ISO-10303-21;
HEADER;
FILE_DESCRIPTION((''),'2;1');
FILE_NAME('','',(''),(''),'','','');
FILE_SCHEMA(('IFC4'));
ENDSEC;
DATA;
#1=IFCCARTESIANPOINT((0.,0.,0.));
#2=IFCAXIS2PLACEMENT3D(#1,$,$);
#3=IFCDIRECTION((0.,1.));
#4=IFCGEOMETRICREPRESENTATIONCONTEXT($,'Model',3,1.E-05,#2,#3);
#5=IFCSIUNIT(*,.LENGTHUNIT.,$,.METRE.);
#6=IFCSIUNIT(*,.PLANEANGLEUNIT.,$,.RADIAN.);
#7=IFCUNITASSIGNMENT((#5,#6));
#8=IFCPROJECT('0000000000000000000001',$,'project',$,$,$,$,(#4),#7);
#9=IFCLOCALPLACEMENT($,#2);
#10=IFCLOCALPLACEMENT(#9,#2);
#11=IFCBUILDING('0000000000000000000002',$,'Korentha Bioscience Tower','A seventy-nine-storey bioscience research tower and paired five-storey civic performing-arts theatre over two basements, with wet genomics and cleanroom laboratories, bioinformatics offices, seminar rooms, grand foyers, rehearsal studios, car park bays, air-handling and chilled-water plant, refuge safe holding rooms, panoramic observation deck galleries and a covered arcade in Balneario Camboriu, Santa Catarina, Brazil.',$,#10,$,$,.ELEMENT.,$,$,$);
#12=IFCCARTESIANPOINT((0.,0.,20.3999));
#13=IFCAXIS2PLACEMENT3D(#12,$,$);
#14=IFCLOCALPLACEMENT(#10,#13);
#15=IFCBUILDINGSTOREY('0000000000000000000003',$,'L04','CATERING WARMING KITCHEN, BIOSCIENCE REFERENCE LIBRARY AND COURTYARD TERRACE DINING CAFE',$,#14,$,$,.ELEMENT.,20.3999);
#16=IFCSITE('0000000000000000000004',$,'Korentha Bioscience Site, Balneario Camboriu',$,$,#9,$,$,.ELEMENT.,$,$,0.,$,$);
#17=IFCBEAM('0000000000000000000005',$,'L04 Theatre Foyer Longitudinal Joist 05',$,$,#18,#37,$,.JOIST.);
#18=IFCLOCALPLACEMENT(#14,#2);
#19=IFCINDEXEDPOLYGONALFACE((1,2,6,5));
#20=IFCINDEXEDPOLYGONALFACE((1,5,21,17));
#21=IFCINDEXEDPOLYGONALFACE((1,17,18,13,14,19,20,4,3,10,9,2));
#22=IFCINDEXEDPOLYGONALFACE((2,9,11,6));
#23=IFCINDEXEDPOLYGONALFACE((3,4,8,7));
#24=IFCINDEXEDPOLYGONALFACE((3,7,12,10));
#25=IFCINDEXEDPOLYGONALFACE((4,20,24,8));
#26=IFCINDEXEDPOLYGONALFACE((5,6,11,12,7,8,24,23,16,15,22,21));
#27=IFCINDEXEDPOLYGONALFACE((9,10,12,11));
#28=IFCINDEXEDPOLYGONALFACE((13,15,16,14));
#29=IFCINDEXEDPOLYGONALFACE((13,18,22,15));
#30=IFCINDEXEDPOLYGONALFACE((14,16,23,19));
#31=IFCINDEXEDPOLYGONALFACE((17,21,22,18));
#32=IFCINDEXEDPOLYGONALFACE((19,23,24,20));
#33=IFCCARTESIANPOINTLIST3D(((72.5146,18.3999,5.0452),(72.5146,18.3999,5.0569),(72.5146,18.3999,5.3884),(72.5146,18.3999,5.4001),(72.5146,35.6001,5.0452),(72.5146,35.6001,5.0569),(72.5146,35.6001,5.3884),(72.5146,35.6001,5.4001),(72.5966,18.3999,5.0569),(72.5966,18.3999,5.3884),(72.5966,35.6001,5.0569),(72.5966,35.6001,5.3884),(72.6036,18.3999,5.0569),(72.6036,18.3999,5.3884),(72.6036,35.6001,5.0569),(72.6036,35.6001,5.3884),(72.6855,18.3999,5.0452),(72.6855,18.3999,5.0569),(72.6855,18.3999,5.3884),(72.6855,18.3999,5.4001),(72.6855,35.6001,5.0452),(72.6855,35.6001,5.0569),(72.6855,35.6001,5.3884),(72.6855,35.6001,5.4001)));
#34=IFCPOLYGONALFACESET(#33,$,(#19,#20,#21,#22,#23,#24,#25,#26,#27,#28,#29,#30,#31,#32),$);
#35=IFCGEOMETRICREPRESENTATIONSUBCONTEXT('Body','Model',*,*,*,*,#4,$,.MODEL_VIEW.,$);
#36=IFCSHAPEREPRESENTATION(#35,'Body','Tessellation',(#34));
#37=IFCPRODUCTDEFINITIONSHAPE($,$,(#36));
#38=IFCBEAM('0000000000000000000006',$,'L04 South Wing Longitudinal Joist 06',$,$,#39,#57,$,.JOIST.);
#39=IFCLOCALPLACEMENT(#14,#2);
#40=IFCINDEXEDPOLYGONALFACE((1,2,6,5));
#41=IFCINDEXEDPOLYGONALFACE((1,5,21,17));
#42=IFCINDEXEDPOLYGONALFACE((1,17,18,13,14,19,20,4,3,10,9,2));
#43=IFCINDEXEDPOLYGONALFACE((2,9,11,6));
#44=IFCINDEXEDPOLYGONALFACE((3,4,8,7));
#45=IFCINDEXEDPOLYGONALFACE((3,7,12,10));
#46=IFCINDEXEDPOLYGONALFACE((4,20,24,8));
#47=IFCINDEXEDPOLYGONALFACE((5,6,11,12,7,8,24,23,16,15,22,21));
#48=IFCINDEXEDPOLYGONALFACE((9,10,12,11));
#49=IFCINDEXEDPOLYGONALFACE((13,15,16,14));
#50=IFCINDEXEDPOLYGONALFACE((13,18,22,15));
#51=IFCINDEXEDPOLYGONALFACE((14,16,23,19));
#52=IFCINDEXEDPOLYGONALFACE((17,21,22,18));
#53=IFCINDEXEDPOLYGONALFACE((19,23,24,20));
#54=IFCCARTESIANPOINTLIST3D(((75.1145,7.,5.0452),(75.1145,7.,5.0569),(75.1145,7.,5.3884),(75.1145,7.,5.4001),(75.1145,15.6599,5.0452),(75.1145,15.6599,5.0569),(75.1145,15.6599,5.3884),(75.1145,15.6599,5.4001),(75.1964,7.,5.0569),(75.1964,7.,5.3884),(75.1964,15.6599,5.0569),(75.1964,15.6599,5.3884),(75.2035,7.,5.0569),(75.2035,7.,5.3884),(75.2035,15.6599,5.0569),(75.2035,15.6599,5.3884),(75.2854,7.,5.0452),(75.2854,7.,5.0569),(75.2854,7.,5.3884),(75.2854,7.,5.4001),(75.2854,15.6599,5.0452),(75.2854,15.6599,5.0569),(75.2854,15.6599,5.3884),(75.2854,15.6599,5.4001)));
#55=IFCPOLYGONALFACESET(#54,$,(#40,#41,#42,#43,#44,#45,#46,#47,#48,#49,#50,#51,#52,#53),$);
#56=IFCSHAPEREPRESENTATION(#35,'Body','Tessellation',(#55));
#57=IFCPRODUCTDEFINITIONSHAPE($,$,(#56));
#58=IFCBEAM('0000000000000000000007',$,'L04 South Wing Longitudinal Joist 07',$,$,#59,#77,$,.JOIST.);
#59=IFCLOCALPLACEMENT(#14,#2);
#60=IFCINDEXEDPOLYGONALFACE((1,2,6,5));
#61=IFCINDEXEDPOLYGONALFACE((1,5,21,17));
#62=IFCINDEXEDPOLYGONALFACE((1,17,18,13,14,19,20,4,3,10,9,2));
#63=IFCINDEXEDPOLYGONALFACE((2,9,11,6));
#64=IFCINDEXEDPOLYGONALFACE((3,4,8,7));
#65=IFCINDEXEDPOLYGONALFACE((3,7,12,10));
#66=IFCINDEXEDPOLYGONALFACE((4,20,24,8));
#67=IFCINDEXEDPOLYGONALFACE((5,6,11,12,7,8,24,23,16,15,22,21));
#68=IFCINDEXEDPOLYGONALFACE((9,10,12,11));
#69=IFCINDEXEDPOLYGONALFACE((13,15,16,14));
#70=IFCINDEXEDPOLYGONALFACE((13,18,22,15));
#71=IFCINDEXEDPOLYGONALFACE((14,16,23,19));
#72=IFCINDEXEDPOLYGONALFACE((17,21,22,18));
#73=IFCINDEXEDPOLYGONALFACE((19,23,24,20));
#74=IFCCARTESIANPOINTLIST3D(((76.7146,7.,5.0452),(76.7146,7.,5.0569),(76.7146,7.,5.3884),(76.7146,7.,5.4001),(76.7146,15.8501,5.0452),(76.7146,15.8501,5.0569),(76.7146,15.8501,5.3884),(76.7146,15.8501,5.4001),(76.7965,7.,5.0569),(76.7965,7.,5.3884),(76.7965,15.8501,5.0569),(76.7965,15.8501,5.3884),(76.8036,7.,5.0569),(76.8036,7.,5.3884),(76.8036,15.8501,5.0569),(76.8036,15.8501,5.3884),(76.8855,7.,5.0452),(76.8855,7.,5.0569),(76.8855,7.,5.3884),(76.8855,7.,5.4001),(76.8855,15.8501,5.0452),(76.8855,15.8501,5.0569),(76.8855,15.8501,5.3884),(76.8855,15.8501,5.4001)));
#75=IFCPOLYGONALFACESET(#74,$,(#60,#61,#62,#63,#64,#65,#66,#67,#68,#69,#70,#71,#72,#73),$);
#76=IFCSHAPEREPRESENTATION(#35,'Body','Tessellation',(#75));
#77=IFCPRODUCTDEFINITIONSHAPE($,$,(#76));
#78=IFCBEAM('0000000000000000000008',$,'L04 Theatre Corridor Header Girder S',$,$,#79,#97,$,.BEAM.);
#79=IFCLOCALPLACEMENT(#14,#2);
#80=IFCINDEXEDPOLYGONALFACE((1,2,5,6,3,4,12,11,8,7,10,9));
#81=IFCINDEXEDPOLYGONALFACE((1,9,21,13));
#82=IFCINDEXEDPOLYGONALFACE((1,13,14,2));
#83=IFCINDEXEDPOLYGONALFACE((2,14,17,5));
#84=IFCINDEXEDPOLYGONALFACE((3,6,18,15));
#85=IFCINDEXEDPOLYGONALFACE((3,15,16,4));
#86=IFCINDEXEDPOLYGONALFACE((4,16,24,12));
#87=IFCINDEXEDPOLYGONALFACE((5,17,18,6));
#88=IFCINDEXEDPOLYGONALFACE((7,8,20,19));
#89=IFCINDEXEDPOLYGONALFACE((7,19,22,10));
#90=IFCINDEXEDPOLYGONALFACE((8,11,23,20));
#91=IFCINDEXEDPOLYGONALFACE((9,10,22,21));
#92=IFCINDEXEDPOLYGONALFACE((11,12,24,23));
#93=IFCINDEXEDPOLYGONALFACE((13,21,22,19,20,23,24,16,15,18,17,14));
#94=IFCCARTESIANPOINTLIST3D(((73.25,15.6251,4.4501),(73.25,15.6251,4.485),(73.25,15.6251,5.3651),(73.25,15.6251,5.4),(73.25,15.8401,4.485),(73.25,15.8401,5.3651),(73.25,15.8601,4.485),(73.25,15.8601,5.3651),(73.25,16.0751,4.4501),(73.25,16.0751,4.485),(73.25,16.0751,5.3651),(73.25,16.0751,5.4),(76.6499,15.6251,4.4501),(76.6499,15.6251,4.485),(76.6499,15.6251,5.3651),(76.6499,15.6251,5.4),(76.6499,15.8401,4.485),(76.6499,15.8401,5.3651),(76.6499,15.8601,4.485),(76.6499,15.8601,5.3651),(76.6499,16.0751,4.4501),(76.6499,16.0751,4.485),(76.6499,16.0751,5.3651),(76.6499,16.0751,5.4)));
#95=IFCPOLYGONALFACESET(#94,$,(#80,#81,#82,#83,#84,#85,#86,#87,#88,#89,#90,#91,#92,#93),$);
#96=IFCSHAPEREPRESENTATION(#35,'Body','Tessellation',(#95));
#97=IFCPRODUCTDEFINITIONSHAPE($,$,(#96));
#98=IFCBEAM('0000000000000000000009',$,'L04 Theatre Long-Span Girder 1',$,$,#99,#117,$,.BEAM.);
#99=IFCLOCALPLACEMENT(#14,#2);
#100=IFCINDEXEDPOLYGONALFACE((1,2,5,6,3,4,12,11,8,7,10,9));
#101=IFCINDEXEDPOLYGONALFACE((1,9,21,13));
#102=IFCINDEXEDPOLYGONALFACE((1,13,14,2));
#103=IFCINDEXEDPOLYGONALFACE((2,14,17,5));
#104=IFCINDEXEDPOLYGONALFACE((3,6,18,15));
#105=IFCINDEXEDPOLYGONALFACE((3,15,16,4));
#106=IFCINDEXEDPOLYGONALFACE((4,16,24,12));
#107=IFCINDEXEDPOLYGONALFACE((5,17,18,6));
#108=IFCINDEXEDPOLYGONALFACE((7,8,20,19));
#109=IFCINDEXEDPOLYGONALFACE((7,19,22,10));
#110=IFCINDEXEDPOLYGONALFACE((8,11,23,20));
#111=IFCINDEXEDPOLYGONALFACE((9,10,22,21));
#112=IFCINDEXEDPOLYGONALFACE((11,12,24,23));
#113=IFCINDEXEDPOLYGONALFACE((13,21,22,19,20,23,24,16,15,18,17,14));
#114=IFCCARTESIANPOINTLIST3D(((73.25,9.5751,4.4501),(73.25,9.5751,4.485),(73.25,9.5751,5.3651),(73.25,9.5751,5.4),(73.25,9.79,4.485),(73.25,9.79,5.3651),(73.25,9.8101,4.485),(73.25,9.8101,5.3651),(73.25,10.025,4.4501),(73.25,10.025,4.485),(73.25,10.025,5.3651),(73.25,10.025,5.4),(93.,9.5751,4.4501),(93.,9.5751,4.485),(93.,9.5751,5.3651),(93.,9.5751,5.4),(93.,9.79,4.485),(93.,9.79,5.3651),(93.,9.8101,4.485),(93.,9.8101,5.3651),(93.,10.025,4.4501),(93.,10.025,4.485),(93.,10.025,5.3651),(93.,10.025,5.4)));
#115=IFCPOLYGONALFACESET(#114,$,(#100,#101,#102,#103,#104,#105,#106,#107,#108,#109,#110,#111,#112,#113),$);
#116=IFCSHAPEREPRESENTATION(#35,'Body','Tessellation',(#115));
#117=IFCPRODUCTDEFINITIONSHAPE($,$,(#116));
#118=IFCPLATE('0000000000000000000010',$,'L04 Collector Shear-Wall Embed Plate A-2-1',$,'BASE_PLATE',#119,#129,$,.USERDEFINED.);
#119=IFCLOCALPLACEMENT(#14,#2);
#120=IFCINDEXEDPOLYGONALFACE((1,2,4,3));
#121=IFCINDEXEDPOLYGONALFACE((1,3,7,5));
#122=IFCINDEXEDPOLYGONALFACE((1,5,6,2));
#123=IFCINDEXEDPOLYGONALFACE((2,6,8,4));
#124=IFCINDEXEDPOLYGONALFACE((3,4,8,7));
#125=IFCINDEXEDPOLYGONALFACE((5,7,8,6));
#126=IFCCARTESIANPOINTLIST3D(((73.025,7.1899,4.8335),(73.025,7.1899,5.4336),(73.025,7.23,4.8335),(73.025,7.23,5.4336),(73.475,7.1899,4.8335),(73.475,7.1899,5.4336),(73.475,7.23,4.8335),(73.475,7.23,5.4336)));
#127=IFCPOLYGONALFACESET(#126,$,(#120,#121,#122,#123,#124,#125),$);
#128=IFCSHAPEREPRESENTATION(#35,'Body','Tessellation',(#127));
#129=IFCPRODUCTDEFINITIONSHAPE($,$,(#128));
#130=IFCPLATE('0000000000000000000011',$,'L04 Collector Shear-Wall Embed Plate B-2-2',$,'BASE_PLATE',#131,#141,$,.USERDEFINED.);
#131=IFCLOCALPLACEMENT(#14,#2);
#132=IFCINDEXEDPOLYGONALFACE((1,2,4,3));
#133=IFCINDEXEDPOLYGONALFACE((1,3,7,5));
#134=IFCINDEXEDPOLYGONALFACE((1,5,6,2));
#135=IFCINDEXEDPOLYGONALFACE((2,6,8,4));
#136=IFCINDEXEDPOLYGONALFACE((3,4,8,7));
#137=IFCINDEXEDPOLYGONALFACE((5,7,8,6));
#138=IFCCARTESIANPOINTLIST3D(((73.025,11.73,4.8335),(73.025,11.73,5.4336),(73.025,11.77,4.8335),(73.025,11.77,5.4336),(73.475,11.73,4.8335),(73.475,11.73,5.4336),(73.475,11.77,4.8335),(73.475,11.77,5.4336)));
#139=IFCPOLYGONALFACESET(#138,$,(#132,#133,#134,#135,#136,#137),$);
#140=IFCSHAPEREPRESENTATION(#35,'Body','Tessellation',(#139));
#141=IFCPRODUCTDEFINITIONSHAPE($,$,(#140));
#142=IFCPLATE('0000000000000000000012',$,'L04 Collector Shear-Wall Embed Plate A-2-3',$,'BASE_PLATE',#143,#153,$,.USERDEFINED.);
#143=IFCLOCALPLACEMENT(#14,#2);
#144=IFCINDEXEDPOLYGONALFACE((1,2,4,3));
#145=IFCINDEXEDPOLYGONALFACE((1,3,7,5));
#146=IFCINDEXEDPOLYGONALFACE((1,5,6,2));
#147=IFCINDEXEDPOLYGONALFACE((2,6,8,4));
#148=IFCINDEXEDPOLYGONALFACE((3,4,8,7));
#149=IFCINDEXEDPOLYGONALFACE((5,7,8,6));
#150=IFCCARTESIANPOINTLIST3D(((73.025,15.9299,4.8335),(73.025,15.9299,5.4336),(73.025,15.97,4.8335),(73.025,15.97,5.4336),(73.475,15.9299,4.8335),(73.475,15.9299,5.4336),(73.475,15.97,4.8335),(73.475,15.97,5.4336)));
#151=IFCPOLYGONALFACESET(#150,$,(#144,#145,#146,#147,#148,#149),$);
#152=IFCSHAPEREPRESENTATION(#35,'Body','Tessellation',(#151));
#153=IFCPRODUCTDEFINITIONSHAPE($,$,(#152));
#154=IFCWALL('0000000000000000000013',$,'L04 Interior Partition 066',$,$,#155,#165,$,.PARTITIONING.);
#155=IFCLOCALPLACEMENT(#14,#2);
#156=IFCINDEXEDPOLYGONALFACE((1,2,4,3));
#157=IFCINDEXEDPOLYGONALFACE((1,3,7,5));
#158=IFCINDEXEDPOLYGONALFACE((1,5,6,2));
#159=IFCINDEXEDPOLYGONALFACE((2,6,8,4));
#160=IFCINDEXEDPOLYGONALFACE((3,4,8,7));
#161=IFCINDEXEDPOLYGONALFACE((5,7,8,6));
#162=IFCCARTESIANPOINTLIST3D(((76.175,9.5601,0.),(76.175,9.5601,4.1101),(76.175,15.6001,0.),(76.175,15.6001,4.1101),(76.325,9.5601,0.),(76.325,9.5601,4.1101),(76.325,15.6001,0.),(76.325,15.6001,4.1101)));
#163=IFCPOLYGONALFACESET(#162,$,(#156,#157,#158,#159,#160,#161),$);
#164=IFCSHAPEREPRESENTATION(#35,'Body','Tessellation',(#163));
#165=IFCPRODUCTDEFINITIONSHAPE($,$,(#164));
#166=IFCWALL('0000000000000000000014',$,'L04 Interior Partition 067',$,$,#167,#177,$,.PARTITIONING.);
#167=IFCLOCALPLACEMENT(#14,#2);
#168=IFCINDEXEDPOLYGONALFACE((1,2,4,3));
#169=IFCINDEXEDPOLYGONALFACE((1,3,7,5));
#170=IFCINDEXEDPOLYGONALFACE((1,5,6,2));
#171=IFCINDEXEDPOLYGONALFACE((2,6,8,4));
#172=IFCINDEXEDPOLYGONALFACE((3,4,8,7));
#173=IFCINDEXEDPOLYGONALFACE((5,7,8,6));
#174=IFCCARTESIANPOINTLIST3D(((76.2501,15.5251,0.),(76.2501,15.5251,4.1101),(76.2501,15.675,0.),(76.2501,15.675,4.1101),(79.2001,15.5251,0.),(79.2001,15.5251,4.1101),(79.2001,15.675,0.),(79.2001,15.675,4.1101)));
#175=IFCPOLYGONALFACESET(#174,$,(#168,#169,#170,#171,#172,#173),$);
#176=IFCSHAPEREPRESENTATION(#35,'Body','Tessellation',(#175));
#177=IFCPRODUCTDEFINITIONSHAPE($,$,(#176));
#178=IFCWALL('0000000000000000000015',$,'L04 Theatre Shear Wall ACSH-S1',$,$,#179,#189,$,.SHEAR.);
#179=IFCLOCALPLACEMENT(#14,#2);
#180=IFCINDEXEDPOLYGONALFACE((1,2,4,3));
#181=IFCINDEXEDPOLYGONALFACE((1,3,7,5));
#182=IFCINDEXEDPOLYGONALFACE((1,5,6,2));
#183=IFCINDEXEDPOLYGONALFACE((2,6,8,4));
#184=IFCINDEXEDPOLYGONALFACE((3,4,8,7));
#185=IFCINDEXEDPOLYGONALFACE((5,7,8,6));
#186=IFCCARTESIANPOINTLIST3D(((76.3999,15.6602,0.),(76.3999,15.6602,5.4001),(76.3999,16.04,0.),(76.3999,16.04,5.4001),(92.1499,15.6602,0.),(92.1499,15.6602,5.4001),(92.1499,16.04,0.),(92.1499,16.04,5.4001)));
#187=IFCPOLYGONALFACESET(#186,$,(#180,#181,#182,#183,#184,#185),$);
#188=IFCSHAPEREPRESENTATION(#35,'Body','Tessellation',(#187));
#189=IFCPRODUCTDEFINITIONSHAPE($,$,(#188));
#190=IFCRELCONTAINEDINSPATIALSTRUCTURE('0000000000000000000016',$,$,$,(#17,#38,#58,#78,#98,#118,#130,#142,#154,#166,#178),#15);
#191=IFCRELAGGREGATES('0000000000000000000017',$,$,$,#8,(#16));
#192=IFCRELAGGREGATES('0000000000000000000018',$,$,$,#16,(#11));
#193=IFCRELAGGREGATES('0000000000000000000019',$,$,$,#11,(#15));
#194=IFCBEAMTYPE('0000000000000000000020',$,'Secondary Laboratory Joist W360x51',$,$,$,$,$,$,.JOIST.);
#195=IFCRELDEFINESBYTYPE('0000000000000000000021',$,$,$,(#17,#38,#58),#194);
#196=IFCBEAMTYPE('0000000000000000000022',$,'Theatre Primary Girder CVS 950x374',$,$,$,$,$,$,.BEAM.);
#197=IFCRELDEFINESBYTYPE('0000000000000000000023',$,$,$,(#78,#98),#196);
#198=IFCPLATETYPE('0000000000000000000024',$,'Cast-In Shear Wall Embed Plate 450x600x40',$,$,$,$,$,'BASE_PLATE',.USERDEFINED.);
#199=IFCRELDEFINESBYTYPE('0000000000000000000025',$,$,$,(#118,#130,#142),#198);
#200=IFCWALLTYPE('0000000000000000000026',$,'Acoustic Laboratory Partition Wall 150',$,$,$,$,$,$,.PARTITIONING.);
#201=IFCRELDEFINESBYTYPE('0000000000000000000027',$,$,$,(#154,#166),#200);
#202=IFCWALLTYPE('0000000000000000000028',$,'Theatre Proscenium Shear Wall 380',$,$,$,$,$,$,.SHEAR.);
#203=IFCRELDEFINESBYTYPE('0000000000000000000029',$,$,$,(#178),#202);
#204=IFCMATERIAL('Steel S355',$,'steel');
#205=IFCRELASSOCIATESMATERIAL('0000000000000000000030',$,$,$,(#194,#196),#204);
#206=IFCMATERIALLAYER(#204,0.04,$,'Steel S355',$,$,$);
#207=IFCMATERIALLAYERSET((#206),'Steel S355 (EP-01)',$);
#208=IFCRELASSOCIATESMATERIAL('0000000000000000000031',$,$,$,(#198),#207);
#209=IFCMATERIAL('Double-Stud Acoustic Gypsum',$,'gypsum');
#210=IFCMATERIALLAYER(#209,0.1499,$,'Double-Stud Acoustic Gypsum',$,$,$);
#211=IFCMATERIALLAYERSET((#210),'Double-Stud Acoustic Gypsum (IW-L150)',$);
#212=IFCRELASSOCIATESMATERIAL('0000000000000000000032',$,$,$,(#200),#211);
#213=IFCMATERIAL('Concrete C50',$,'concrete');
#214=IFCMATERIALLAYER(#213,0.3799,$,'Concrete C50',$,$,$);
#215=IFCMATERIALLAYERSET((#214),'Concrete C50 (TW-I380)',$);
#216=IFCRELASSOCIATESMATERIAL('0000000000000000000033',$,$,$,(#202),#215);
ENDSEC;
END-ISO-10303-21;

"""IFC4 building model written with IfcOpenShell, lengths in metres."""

from ifc_helpers import new_model, si_unit, direction, frame, frame_2d, origin, origin_2d, place, context, subcontext, project, spatial, rectangle, i_section, extrude, material, layer, layer_set, material_profile, profile_set, type_object, element, save


model = new_model("IFC4")

# Units and contexts
model_context = context("Model", 3, precision=1e-05, world=origin(), true_north=direction((0.0, 1.0)))
body_context = subcontext(model_context, "Body", "Model", "MODEL_VIEW")
ifc_project = project(units=[si_unit("LENGTHUNIT", "METRE"), si_unit("PLANEANGLEUNIT", "RADIAN")], contexts=[model_context])

# Site, building, storey
site_placement = place(None, origin())
site = spatial("IfcSite", under=ifc_project, at=site_placement, Name="Korentha Bioscience Site, Balneario Camboriu", CompositionType="ELEMENT", RefElevation=0.0)
building_placement = place(site_placement, origin())
building = spatial("IfcBuilding", under=site, at=building_placement, Name="Korentha Bioscience Tower", Description="A seventy-nine-storey bioscience research tower and paired five-storey civic performing-arts theatre over two basements, with wet genomics and cleanroom laboratories, bioinformatics offices, seminar rooms, grand foyers, rehearsal studios, car park bays, air-handling and chilled-water plant, refuge safe holding rooms, panoramic observation deck galleries and a covered arcade in Balneario Camboriu, Santa Catarina, Brazil.", CompositionType="ELEMENT")
storey_placement = place(building_placement, frame((0.0, 0.0, 20.3999)))
storey = spatial("IfcBuildingStorey", under=building, at=storey_placement, Name="L04", Description="CATERING WARMING KITCHEN, BIOSCIENCE REFERENCE LIBRARY AND COURTYARD TERRACE DINING CAFE", CompositionType="ELEMENT", Elevation=20.3999)

# Shared definitions
ifc_material_1 = material(Name="Concrete C50", Category="concrete")

# Beams
ifc_material_2 = material(Name="Steel S355", Category="steel")
ifc_material_profile_1 = material_profile(ifc_material_2, i_section(OverallWidth=0.1709, OverallDepth=0.355, WebThickness=0.0071, FlangeThickness=0.0117, at=origin_2d()), Name="Steel S355")
ifc_profile_set_1 = profile_set([ifc_material_profile_1], Name="Steel S355 (JB-360)")
beam_type_1 = type_object("IfcBeamType", Name="Secondary Laboratory Joist W360x51", PredefinedType="JOIST", material=ifc_profile_set_1)
for number, where, z_axis, x_axis, name in (
    (1, (72.6001, 18.3999, 5.2227), (0.0, 1.0, 0.0), (-1.0, 0.0, 0.0), "L04 Theatre Foyer Longitudinal Joist 05"),
):
    element("IfcBeam", number, at=place(storey_placement, frame(where, z_axis=z_axis, x_axis=x_axis)), inside=storey, type_object=beam_type_1, Name=name, PredefinedType="JOIST", context=body_context, shape_type="SweptSolid", body=[
        extrude(i_section(OverallWidth=0.1709, OverallDepth=0.355, WebThickness=0.0071, FlangeThickness=0.0117, at=origin_2d()), origin(), (0.0, 0.0, 1.0), 17.2002),
    ])
beam_1_placement = place(storey_placement, frame((75.2, 7.0, 5.2227), z_axis=(0.0, 1.0, 0.0), x_axis=(-1.0, 0.0, 0.0)))
element("IfcBeam", 2, at=beam_1_placement, inside=storey, type_object=beam_type_1, Name="L04 South Wing Longitudinal Joist 06", PredefinedType="JOIST", context=body_context, shape_type="SweptSolid", body=[
    extrude(i_section(OverallWidth=0.1709, OverallDepth=0.355, WebThickness=0.0071, FlangeThickness=0.0117, at=origin_2d()), origin(), (0.0, 0.0, 1.0), 8.6599),
])
beam_2_placement = place(storey_placement, frame((76.8, 7.0, 5.2227), z_axis=(0.0, 1.0, 0.0), x_axis=(-1.0, 0.0, 0.0)))
element("IfcBeam", 3, at=beam_2_placement, inside=storey, type_object=beam_type_1, Name="L04 South Wing Longitudinal Joist 07", PredefinedType="JOIST", context=body_context, shape_type="SweptSolid", body=[
    extrude(i_section(OverallWidth=0.1709, OverallDepth=0.355, WebThickness=0.0071, FlangeThickness=0.0117, at=origin_2d()), origin(), (0.0, 0.0, 1.0), 8.8501),
])
ifc_material_profile_2 = material_profile(ifc_material_2, i_section(OverallWidth=0.45, OverallDepth=0.95, WebThickness=0.02, FlangeThickness=0.0349, at=origin_2d()), Name="Steel S355")
ifc_profile_set_2 = profile_set([ifc_material_profile_2], Name="Steel S355 (TB-950)")
beam_type_2 = type_object("IfcBeamType", Name="Theatre Primary Girder CVS 950x374", PredefinedType="BEAM", material=ifc_profile_set_2)
beam_3_placement = place(storey_placement, frame((73.25, 15.8501, 4.925), z_axis=(1.0, 0.0, 0.0), x_axis=(0.0, 1.0, 0.0)))
element("IfcBeam", 4, at=beam_3_placement, inside=storey, type_object=beam_type_2, Name="L04 Theatre Corridor Header Girder S", PredefinedType="BEAM", context=body_context, shape_type="SweptSolid", body=[
    extrude(i_section(OverallWidth=0.45, OverallDepth=0.95, WebThickness=0.02, FlangeThickness=0.0349, at=origin_2d()), origin(), (0.0, 0.0, 1.0), 3.3999),
])
beam_4_placement = place(storey_placement, frame((73.25, 9.8, 4.925), z_axis=(1.0, 0.0, 0.0), x_axis=(0.0, 1.0, 0.0)))
element("IfcBeam", 5, at=beam_4_placement, inside=storey, type_object=beam_type_2, Name="L04 Theatre Long-Span Girder 1", PredefinedType="BEAM", context=body_context, shape_type="SweptSolid", body=[
    extrude(i_section(OverallWidth=0.45, OverallDepth=0.95, WebThickness=0.02, FlangeThickness=0.0349, at=origin_2d()), origin(), (0.0, 0.0, 1.0), 19.75),
])

# Plates
ifc_layer_1 = layer(ifc_material_2, 0.04, Name="Steel S355")
ifc_layer_set_1 = layer_set([ifc_layer_1], Name="Steel S355 (EP-01)")
plate_type = type_object("IfcPlateType", Name="Cast-In Shear Wall Embed Plate 450x600x40", ElementType="BASE_PLATE", PredefinedType="USERDEFINED", material=ifc_layer_set_1)
for number, where, z_axis, x_axis, name in (
    (6, (73.25, 7.21, 4.8335), (0.0, 0.0, 1.0), (1.0, 0.0, 0.0), "L04 Collector Shear-Wall Embed Plate A-2-1"),
    (7, (73.25, 11.75, 4.8335), (0.0, 0.0, 1.0), (1.0, 0.0, 0.0), "L04 Collector Shear-Wall Embed Plate B-2-2"),
    (8, (73.25, 15.95, 4.8335), (0.0, 0.0, 1.0), (1.0, 0.0, 0.0), "L04 Collector Shear-Wall Embed Plate A-2-3"),
):
    element("IfcPlate", number, at=place(storey_placement, frame(where, z_axis=z_axis, x_axis=x_axis)), inside=storey, type_object=plate_type, Name=name, ObjectType="BASE_PLATE", PredefinedType="USERDEFINED", context=body_context, shape_type="SweptSolid", body=[
        extrude(rectangle(XDim=0.45, YDim=0.04, at=origin_2d()), origin(), (0.0, 0.0, 1.0), 0.6001),
    ])

# Walls
ifc_material_3 = material(Name="Double-Stud Acoustic Gypsum", Category="gypsum")
ifc_layer_2 = layer(ifc_material_3, 0.1499, Name="Double-Stud Acoustic Gypsum")
ifc_layer_set_2 = layer_set([ifc_layer_2], Name="Double-Stud Acoustic Gypsum (IW-L150)")
wall_type_1 = type_object("IfcWallType", Name="Acoustic Laboratory Partition Wall 150", PredefinedType="PARTITIONING", material=ifc_layer_set_2)
wall_1_placement = place(storey_placement, frame((76.25, 9.5601, 0.0), z_axis=(0.0, 0.0, 1.0), x_axis=(0.0, 1.0, 0.0)))
element("IfcWall", 9, at=wall_1_placement, inside=storey, type_object=wall_type_1, Name="L04 Interior Partition 066", PredefinedType="PARTITIONING", context=body_context, shape_type="SweptSolid", body=[
    extrude(rectangle(XDim=6.04, YDim=0.1499, at=frame_2d((3.02, 0.0))), origin(), (0.0, 0.0, 1.0), 4.1101),
])
wall_2_placement = place(storey_placement, frame((76.25, 15.6001, 0.0), z_axis=(0.0, 0.0, 1.0), x_axis=(1.0, 0.0, 0.0)))
element("IfcWall", 10, at=wall_2_placement, inside=storey, type_object=wall_type_1, Name="L04 Interior Partition 067", PredefinedType="PARTITIONING", context=body_context, shape_type="SweptSolid", body=[
    extrude(rectangle(XDim=2.95, YDim=0.1499, at=frame_2d((1.4751, 0.0))), origin(), (0.0, 0.0, 1.0), 4.1101),
])
ifc_layer_3 = layer(ifc_material_1, 0.3799, Name="Concrete C50")
ifc_layer_set_3 = layer_set([ifc_layer_3], Name="Concrete C50 (TW-I380)")
wall_type_2 = type_object("IfcWallType", Name="Theatre Proscenium Shear Wall 380", PredefinedType="SHEAR", material=ifc_layer_set_3)
wall_3_placement = place(storey_placement, frame((76.3999, 15.8501, 0.0), z_axis=(0.0, 0.0, 1.0), x_axis=(1.0, 0.0, 0.0)))
element("IfcWall", 11, at=wall_3_placement, inside=storey, type_object=wall_type_2, Name="L04 Theatre Shear Wall ACSH-S1", PredefinedType="SHEAR", context=body_context, shape_type="SweptSolid", body=[
    extrude(rectangle(XDim=15.75, YDim=0.3799, at=frame_2d((7.875, 0.0))), origin(), (0.0, 0.0, 1.0), 5.4001),
])

save(model, "model.ifc")
